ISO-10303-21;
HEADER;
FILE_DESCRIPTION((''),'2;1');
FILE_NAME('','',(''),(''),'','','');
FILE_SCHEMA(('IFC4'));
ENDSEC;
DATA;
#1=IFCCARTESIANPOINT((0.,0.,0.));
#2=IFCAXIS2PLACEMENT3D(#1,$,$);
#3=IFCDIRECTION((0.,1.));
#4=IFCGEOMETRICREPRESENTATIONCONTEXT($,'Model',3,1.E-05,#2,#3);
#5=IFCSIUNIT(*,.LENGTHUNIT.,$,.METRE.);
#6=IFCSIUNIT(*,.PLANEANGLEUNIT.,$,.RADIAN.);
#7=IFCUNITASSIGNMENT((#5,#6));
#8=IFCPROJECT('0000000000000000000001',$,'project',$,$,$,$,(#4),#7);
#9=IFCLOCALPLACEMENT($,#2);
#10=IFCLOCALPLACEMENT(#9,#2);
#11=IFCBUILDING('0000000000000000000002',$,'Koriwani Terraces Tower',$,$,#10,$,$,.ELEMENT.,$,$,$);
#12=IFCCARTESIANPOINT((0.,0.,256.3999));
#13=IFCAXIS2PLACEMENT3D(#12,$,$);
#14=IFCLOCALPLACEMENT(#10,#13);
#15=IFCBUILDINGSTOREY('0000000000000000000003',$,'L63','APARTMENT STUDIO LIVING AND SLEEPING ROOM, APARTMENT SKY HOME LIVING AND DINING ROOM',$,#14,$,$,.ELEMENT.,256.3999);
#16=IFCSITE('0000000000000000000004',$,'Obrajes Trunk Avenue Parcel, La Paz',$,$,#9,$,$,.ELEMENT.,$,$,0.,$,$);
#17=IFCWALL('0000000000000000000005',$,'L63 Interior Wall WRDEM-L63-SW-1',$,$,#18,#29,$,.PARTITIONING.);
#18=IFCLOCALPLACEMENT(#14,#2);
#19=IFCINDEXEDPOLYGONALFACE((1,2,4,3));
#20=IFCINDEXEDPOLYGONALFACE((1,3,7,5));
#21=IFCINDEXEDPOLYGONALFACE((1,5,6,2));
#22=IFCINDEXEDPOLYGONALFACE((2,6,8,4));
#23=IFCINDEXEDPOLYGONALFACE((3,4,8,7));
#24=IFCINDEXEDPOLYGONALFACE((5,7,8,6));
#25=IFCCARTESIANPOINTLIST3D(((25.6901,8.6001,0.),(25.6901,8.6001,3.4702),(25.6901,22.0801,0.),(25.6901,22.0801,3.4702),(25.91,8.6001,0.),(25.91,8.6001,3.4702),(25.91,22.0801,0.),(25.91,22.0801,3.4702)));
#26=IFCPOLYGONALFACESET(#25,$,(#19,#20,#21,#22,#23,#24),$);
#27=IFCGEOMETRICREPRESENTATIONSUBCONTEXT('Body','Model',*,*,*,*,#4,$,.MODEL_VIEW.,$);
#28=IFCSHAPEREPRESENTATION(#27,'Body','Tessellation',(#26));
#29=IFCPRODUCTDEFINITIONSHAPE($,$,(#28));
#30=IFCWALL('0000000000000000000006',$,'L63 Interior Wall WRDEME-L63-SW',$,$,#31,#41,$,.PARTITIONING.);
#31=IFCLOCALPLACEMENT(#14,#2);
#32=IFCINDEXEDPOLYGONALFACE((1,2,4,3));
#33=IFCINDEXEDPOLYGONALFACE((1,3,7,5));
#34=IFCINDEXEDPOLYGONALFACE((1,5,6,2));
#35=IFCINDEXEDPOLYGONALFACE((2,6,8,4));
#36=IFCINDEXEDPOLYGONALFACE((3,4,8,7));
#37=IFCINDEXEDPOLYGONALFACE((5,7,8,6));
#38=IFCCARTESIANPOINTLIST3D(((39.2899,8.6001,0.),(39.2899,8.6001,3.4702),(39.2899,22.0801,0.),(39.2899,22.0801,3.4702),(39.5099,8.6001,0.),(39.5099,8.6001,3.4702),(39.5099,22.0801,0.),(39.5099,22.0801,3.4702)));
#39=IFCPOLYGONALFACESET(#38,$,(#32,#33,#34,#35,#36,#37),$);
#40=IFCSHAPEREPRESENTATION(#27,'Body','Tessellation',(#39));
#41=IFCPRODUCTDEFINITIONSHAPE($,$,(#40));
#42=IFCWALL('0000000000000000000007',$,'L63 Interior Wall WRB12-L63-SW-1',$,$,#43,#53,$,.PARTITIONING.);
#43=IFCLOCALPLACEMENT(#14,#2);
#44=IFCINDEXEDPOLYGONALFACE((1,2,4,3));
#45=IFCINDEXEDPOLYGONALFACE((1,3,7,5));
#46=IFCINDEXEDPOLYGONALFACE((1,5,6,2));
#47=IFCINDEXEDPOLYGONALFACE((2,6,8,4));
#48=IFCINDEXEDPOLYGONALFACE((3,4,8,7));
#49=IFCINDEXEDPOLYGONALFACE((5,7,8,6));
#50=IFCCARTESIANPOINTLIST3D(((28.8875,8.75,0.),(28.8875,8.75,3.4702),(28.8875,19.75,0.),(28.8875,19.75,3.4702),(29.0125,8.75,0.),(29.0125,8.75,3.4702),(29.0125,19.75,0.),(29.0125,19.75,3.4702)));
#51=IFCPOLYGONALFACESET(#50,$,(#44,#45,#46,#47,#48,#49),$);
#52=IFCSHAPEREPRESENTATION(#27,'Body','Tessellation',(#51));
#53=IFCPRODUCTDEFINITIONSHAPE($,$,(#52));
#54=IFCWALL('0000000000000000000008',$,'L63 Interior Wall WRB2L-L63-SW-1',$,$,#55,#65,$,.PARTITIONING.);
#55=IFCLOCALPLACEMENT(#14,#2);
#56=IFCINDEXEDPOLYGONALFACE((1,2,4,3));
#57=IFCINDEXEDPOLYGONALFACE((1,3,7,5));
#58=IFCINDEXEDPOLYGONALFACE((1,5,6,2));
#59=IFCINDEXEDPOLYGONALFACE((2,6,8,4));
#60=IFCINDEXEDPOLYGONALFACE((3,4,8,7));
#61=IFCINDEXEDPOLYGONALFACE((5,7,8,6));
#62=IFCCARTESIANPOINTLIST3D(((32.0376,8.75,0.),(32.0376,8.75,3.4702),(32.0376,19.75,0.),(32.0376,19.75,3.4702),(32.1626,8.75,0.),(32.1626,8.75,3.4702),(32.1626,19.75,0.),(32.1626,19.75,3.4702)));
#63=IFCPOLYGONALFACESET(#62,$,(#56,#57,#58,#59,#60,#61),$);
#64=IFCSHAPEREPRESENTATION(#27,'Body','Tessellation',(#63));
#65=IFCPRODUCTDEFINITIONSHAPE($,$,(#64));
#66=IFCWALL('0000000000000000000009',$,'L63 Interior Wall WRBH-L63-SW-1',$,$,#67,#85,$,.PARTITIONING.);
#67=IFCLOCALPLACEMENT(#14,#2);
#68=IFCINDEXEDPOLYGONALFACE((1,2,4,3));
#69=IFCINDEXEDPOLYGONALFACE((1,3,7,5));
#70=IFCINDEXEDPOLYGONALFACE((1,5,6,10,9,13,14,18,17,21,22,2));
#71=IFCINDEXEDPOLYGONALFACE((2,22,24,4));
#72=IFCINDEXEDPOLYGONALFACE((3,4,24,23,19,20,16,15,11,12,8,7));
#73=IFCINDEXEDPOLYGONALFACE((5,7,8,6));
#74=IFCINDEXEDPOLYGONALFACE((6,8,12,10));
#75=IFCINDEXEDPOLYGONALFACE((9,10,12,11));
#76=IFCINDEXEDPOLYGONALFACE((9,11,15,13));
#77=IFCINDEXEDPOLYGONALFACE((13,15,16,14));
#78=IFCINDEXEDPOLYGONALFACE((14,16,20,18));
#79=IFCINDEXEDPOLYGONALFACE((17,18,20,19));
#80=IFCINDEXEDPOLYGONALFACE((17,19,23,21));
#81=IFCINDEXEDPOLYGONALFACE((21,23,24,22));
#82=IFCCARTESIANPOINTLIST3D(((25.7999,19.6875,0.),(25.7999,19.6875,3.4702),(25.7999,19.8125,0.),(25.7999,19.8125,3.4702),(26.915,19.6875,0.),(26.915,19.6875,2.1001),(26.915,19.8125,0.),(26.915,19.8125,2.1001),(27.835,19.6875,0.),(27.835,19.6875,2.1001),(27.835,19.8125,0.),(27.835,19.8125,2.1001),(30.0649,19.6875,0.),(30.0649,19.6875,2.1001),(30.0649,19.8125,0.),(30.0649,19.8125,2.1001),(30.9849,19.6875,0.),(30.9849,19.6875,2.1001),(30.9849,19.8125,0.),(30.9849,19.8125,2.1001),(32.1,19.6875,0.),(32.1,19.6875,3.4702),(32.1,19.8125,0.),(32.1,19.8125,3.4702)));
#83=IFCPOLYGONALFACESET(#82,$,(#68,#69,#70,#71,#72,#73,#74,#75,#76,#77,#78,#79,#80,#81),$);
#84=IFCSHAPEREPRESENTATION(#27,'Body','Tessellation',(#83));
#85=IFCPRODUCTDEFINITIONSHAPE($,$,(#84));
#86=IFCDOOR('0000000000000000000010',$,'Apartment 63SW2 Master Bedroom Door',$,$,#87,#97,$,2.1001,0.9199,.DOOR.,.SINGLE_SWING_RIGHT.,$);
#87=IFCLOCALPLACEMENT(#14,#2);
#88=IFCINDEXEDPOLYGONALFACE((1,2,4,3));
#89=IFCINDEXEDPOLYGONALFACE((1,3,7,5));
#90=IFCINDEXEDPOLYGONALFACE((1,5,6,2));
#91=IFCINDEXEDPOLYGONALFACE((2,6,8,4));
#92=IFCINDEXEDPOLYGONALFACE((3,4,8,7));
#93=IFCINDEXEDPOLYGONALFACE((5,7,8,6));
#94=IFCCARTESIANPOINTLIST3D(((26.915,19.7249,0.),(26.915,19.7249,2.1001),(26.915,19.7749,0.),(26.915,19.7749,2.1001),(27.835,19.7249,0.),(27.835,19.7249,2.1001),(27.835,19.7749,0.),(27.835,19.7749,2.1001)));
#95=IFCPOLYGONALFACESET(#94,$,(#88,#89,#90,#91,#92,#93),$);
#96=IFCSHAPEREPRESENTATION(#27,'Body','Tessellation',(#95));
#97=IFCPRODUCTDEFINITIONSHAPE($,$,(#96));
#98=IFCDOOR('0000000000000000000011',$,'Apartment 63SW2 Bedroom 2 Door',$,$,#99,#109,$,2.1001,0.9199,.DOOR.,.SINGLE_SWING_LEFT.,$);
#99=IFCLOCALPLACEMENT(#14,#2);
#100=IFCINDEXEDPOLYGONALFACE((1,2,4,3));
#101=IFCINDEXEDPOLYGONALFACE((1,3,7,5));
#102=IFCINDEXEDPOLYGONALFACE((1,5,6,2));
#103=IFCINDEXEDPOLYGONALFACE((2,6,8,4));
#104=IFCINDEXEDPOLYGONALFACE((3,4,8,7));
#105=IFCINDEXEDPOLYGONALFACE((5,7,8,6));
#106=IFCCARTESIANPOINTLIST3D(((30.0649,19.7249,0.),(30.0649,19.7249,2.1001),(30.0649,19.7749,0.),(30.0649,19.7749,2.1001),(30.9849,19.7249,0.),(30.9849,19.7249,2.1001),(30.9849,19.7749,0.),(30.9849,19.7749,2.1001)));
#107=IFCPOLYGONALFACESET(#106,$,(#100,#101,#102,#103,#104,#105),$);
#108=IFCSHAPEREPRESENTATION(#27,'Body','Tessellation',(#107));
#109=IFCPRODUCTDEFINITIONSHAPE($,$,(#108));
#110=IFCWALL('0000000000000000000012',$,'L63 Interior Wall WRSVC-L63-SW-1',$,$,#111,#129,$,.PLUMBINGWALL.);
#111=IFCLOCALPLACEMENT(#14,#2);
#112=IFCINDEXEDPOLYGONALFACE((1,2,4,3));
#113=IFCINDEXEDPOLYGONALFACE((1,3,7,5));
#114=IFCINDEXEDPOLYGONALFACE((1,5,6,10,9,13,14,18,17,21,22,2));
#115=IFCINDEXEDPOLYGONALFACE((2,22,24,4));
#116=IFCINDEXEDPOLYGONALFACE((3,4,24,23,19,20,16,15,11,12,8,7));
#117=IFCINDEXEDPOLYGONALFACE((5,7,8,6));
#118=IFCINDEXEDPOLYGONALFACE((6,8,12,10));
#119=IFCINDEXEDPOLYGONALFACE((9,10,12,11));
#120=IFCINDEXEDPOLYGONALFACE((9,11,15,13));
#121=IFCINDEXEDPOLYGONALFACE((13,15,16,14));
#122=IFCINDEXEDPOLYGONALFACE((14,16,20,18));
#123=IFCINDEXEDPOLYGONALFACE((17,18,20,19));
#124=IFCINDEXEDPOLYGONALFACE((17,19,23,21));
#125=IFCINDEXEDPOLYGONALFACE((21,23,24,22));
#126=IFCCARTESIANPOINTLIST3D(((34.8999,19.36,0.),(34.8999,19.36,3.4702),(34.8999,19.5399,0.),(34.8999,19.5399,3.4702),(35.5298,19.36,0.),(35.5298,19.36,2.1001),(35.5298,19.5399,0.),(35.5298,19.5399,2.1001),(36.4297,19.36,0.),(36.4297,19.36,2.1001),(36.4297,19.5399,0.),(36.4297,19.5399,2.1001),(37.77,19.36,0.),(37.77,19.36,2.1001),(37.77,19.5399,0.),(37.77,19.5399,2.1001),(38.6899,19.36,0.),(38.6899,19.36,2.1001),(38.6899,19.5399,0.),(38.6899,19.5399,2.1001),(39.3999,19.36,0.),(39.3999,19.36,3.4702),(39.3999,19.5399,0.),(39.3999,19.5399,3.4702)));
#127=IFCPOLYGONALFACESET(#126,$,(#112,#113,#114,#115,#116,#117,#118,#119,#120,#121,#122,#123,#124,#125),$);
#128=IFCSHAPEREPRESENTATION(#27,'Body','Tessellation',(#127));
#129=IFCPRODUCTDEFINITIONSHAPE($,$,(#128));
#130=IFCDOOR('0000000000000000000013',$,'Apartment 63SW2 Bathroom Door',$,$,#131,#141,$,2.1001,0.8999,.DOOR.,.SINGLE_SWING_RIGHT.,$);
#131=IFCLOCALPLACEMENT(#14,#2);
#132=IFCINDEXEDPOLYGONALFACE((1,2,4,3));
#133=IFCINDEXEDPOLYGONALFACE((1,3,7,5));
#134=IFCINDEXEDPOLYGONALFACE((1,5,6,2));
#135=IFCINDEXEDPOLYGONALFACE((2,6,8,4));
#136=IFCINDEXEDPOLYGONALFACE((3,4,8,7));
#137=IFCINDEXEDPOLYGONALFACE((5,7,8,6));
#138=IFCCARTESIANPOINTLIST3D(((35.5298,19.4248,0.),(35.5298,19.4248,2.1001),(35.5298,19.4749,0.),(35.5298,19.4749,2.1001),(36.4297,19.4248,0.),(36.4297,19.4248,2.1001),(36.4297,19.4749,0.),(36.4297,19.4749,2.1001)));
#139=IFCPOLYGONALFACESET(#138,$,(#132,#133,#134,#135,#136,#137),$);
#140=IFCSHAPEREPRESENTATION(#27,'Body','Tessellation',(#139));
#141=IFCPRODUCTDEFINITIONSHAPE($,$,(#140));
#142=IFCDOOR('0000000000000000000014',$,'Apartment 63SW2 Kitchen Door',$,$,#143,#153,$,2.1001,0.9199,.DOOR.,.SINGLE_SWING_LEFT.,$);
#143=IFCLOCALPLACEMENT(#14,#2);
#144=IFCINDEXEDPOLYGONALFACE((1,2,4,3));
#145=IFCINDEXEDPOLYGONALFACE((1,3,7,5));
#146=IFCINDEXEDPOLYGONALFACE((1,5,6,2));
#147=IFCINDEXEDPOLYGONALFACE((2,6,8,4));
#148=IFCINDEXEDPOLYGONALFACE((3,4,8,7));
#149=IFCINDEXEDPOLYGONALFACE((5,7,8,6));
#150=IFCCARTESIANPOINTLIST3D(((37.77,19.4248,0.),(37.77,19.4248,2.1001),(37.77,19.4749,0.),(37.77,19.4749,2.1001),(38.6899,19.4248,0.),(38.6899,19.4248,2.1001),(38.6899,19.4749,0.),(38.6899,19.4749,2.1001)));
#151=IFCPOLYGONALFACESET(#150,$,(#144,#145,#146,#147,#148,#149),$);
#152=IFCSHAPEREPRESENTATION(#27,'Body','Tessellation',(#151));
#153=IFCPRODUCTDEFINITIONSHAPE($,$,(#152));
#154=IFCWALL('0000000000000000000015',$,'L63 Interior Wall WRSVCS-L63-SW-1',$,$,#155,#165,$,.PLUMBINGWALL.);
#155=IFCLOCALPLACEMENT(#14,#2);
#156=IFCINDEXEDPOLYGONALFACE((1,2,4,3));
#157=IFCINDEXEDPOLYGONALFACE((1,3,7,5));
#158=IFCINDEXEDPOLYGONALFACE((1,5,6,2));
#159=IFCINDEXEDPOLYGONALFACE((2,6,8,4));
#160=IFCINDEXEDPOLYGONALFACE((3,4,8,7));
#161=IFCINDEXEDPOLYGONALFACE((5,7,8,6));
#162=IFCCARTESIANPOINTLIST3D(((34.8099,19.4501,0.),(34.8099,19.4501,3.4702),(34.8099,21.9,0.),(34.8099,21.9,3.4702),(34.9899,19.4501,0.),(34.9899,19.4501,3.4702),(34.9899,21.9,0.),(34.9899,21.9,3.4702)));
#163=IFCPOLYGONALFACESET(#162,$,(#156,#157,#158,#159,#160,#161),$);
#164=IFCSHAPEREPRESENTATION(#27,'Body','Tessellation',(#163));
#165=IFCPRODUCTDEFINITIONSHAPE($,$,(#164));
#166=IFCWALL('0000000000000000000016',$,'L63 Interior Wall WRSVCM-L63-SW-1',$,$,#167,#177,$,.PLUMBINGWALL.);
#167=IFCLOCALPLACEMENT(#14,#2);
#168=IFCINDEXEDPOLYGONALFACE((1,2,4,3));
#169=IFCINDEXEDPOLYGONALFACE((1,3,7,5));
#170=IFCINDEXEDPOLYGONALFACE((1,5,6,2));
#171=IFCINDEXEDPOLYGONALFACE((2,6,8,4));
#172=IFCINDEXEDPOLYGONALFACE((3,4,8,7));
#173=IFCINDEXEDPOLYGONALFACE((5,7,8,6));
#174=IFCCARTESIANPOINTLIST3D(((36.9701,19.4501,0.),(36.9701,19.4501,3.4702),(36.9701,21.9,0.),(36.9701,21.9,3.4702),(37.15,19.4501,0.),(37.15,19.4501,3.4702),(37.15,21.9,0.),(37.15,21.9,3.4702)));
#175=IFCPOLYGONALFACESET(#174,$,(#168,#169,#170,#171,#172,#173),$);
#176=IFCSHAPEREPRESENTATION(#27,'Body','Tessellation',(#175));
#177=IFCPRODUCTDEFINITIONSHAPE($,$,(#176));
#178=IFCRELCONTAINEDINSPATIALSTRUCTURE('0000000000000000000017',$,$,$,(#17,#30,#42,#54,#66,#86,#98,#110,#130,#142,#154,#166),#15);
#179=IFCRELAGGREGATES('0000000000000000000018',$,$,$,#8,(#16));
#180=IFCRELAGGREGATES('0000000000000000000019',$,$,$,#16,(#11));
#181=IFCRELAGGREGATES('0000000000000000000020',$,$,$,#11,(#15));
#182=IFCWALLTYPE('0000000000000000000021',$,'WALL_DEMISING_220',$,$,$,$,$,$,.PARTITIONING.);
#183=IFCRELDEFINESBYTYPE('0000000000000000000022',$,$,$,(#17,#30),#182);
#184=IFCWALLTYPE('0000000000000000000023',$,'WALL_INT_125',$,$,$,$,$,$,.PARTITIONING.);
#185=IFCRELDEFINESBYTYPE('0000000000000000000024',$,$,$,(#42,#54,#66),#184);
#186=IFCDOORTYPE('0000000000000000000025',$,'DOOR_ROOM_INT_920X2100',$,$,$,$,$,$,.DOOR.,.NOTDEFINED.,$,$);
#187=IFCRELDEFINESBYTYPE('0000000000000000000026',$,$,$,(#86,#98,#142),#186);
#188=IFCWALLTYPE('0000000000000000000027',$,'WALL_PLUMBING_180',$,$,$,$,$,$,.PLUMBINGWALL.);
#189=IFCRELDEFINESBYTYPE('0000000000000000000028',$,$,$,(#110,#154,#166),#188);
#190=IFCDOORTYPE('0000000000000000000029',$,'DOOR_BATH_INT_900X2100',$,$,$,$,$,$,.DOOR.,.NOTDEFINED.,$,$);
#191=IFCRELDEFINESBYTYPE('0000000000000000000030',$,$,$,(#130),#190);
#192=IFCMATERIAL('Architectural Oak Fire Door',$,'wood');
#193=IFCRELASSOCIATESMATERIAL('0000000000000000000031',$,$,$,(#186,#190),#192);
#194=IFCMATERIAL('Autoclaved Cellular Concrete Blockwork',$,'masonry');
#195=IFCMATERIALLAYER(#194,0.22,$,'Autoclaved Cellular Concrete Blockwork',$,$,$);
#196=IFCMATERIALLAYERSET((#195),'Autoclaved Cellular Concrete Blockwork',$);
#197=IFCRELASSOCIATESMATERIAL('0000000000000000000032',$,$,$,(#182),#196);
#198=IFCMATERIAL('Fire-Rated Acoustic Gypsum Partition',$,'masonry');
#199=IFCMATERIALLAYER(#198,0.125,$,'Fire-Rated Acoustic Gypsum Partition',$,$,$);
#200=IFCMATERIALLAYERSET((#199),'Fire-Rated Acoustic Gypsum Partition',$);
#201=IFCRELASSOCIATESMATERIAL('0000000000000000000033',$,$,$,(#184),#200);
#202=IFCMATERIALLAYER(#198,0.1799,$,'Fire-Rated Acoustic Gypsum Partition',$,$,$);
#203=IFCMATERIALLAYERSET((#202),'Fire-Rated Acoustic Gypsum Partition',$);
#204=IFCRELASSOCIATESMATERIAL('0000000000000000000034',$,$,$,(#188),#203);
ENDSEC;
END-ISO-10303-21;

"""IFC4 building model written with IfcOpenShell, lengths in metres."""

from ifc_helpers import new_model, si_unit, direction, frame, frame_2d, origin, place, context, subcontext, project, spatial, rectangle, extrude, material, layer, layer_set, type_object, element, fill, save


model = new_model("IFC4")

# Units and contexts
model_context = context("Model", 3, precision=1e-05, world=origin(), true_north=direction((0.0, 1.0)))
body_context = subcontext(model_context, "Body", "Model", "MODEL_VIEW")
ifc_project = project(units=[si_unit("LENGTHUNIT", "METRE"), si_unit("PLANEANGLEUNIT", "RADIAN")], contexts=[model_context])

# Site, building, storey
site_placement = place(None, origin())
site = spatial("IfcSite", under=ifc_project, at=site_placement, Name="Obrajes Trunk Avenue Parcel, La Paz", CompositionType="ELEMENT", RefElevation=0.0)
building_placement = place(site_placement, origin())
building = spatial("IfcBuilding", under=site, at=building_placement, Name="Koriwani Terraces Tower", CompositionType="ELEMENT")
storey_placement = place(building_placement, frame((0.0, 0.0, 256.3999)))
storey = spatial("IfcBuildingStorey", under=building, at=storey_placement, Name="L63", Description="APARTMENT STUDIO LIVING AND SLEEPING ROOM, APARTMENT SKY HOME LIVING AND DINING ROOM", CompositionType="ELEMENT", Elevation=256.3999)

# Shared definitions
ifc_material_1 = material(Name="Autoclaved Cellular Concrete Blockwork", Category="masonry")
ifc_material_2 = material(Name="Architectural Oak Fire Door", Category="wood")
door_type_1 = type_object("IfcDoorType", Name="DOOR_ROOM_INT_920X2100", OperationType="NOTDEFINED", PredefinedType="DOOR", material=ifc_material_2)

# Walls
ifc_layer_1 = layer(ifc_material_1, 0.22, Name="Autoclaved Cellular Concrete Blockwork")
ifc_layer_set_1 = layer_set([ifc_layer_1], Name="Autoclaved Cellular Concrete Blockwork")
wall_type_1 = type_object("IfcWallType", Name="WALL_DEMISING_220", PredefinedType="PARTITIONING", material=ifc_layer_set_1)
for number, where, z_axis, x_axis, name in (
    (1, (25.8, 8.6001, 0.0), (0.0, 0.0, 1.0), (0.0, 1.0, 0.0), "L63 Interior Wall WRDEM-L63-SW-1"),
    (2, (39.3999, 8.6001, 0.0), (0.0, 0.0, 1.0), (0.0, 1.0, 0.0), "L63 Interior Wall WRDEME-L63-SW"),
):
    element("IfcWall", number, at=place(storey_placement, frame(where, z_axis=z_axis, x_axis=x_axis)), inside=storey, type_object=wall_type_1, Name=name, PredefinedType="PARTITIONING", context=body_context, shape_type="SweptSolid", body=[
        extrude(rectangle(XDim=13.48, YDim=0.22, at=frame_2d((6.74, 0.0))), origin(), (0.0, 0.0, 1.0), 3.4702),
    ])
ifc_material_3 = material(Name="Fire-Rated Acoustic Gypsum Partition", Category="masonry")
ifc_layer_2 = layer(ifc_material_3, 0.125, Name="Fire-Rated Acoustic Gypsum Partition")
ifc_layer_set_2 = layer_set([ifc_layer_2], Name="Fire-Rated Acoustic Gypsum Partition")
wall_type_2 = type_object("IfcWallType", Name="WALL_INT_125", PredefinedType="PARTITIONING", material=ifc_layer_set_2)
for number, where, z_axis, x_axis, name in (
    (3, (28.95, 8.75, 0.0), (0.0, 0.0, 1.0), (0.0, 1.0, 0.0), "L63 Interior Wall WRB12-L63-SW-1"),
    (4, (32.1001, 8.75, 0.0), (0.0, 0.0, 1.0), (0.0, 1.0, 0.0), "L63 Interior Wall WRB2L-L63-SW-1"),
):
    element("IfcWall", number, at=place(storey_placement, frame(where, z_axis=z_axis, x_axis=x_axis)), inside=storey, type_object=wall_type_2, Name=name, PredefinedType="PARTITIONING", context=body_context, shape_type="SweptSolid", body=[
        extrude(rectangle(XDim=11.0, YDim=0.125, at=frame_2d((5.5, 0.0))), origin(), (0.0, 0.0, 1.0), 3.4702),
    ])

# Walls, openings, doors
wall_1_placement = place(storey_placement, frame((25.8, 19.75, 0.0), z_axis=(0.0, 0.0, 1.0), x_axis=(1.0, 0.0, 0.0)))
wall_1 = element("IfcWall", 5, at=wall_1_placement, inside=storey, type_object=wall_type_2, Name="L63 Interior Wall WRBH-L63-SW-1", PredefinedType="PARTITIONING", context=body_context, shape_type="SweptSolid", body=[
    extrude(rectangle(XDim=6.3, YDim=0.125, at=frame_2d((3.1499, 0.0))), origin(), (0.0, 0.0, 1.0), 3.4702),
])
opening_1_placement = place(wall_1_placement, frame((1.115, 0.0, 0.0)))
opening_1 = element("IfcOpeningElement", 6, at=opening_1_placement, cuts=wall_1, PredefinedType="OPENING", context=body_context, shape_type="SweptSolid", body=[
    extrude(rectangle(XDim=0.9199, YDim=2.1001, at=frame_2d((0.46, 1.05))), frame((0.0, 0.0725, 0.0), z_axis=(0.0, -1.0, 0.0), x_axis=(1.0, 0.0, 0.0)), (0.0, 0.0, 1.0), 0.145),
])
opening_2_placement = place(wall_1_placement, frame((4.2649, 0.0, 0.0)))
opening_2 = element("IfcOpeningElement", 7, at=opening_2_placement, cuts=wall_1, PredefinedType="OPENING", context=body_context, shape_type="SweptSolid", body=[
    extrude(rectangle(XDim=0.9199, YDim=2.1001, at=frame_2d((0.46, 1.05))), frame((0.0, 0.0725, 0.0), z_axis=(0.0, -1.0, 0.0), x_axis=(1.0, 0.0, 0.0)), (0.0, 0.0, 1.0), 0.145),
])
door_1_placement = place(opening_1_placement, origin())
door_1 = element("IfcDoor", 8, at=door_1_placement, inside=storey, type_object=door_type_1, Name="Apartment 63SW2 Master Bedroom Door", OperationType="SINGLE_SWING_RIGHT", OverallHeight=2.1001, OverallWidth=0.9199, PredefinedType="DOOR", context=body_context, shape_type="SweptSolid", body=[
    extrude(rectangle(XDim=0.9199, YDim=2.1001, at=frame_2d((0.46, 1.05))), frame((0.0, 0.0249, 0.0), z_axis=(0.0, -1.0, 0.0), x_axis=(1.0, 0.0, 0.0)), (0.0, 0.0, 1.0), 0.05),
])
fill(opening_1, door_1)
door_2_placement = place(opening_2_placement, origin())
door_2 = element("IfcDoor", 9, at=door_2_placement, inside=storey, type_object=door_type_1, Name="Apartment 63SW2 Bedroom 2 Door", OperationType="SINGLE_SWING_LEFT", OverallHeight=2.1001, OverallWidth=0.9199, PredefinedType="DOOR", context=body_context, shape_type="SweptSolid", body=[
    extrude(rectangle(XDim=0.9199, YDim=2.1001, at=frame_2d((0.46, 1.05))), frame((0.0, 0.0249, 0.0), z_axis=(0.0, -1.0, 0.0), x_axis=(1.0, 0.0, 0.0)), (0.0, 0.0, 1.0), 0.05),
])
fill(opening_2, door_2)
ifc_layer_3 = layer(ifc_material_3, 0.1799, Name="Fire-Rated Acoustic Gypsum Partition")
ifc_layer_set_3 = layer_set([ifc_layer_3], Name="Fire-Rated Acoustic Gypsum Partition")
wall_type_3 = type_object("IfcWallType", Name="WALL_PLUMBING_180", PredefinedType="PLUMBINGWALL", material=ifc_layer_set_3)
wall_2_placement = place(storey_placement, frame((34.8999, 19.45, 0.0), z_axis=(0.0, 0.0, 1.0), x_axis=(1.0, 0.0, 0.0)))
wall_2 = element("IfcWall", 10, at=wall_2_placement, inside=storey, type_object=wall_type_3, Name="L63 Interior Wall WRSVC-L63-SW-1", PredefinedType="PLUMBINGWALL", context=body_context, shape_type="SweptSolid", body=[
    extrude(rectangle(XDim=4.5, YDim=0.1799, at=frame_2d((2.25, 0.0))), origin(), (0.0, 0.0, 1.0), 3.4702),
])
opening_3_placement = place(wall_2_placement, frame((0.6299, 0.0, 0.0)))
opening_3 = element("IfcOpeningElement", 11, at=opening_3_placement, cuts=wall_2, PredefinedType="OPENING", context=body_context, shape_type="SweptSolid", body=[
    extrude(rectangle(XDim=0.8999, YDim=2.1001, at=frame_2d((0.45, 1.05))), frame((0.0, 0.1001, 0.0), z_axis=(0.0, -1.0, 0.0), x_axis=(1.0, 0.0, 0.0)), (0.0, 0.0, 1.0), 0.2),
])
opening_4_placement = place(wall_2_placement, frame((2.8701, 0.0, 0.0)))
opening_4 = element("IfcOpeningElement", 12, at=opening_4_placement, cuts=wall_2, PredefinedType="OPENING", context=body_context, shape_type="SweptSolid", body=[
    extrude(rectangle(XDim=0.9199, YDim=2.1001, at=frame_2d((0.46, 1.05))), frame((0.0, 0.1001, 0.0), z_axis=(0.0, -1.0, 0.0), x_axis=(1.0, 0.0, 0.0)), (0.0, 0.0, 1.0), 0.2),
])
door_type_2 = type_object("IfcDoorType", Name="DOOR_BATH_INT_900X2100", OperationType="NOTDEFINED", PredefinedType="DOOR", material=ifc_material_2)
door_3_placement = place(opening_3_placement, origin())
door_3 = element("IfcDoor", 13, at=door_3_placement, inside=storey, type_object=door_type_2, Name="Apartment 63SW2 Bathroom Door", OperationType="SINGLE_SWING_RIGHT", OverallHeight=2.1001, OverallWidth=0.8999, PredefinedType="DOOR", context=body_context, shape_type="SweptSolid", body=[
    extrude(rectangle(XDim=0.8999, YDim=2.1001, at=frame_2d((0.45, 1.05))), frame((0.0, 0.0249, 0.0), z_axis=(0.0, -1.0, 0.0), x_axis=(1.0, 0.0, 0.0)), (0.0, 0.0, 1.0), 0.05),
])
fill(opening_3, door_3)
door_4_placement = place(opening_4_placement, origin())
door_4 = element("IfcDoor", 14, at=door_4_placement, inside=storey, type_object=door_type_1, Name="Apartment 63SW2 Kitchen Door", OperationType="SINGLE_SWING_LEFT", OverallHeight=2.1001, OverallWidth=0.9199, PredefinedType="DOOR", context=body_context, shape_type="SweptSolid", body=[
    extrude(rectangle(XDim=0.9199, YDim=2.1001, at=frame_2d((0.46, 1.05))), frame((0.0, 0.0249, 0.0), z_axis=(0.0, -1.0, 0.0), x_axis=(1.0, 0.0, 0.0)), (0.0, 0.0, 1.0), 0.05),
])
fill(opening_4, door_4)

# Walls
for number, where, z_axis, x_axis, name in (
    (15, (34.8999, 19.45, 0.0), (0.0, 0.0, 1.0), (0.0, 1.0, 0.0), "L63 Interior Wall WRSVCS-L63-SW-1"),
    (16, (37.0601, 19.45, 0.0), (0.0, 0.0, 1.0), (0.0, 1.0, 0.0), "L63 Interior Wall WRSVCM-L63-SW-1"),
):
    element("IfcWall", number, at=place(storey_placement, frame(where, z_axis=z_axis, x_axis=x_axis)), inside=storey, type_object=wall_type_3, Name=name, PredefinedType="PLUMBINGWALL", context=body_context, shape_type="SweptSolid", body=[
        extrude(rectangle(XDim=2.45, YDim=0.1799, at=frame_2d((1.2251, 0.0))), origin(), (0.0, 0.0, 1.0), 3.4702),
    ])

save(model, "model.ifc")
